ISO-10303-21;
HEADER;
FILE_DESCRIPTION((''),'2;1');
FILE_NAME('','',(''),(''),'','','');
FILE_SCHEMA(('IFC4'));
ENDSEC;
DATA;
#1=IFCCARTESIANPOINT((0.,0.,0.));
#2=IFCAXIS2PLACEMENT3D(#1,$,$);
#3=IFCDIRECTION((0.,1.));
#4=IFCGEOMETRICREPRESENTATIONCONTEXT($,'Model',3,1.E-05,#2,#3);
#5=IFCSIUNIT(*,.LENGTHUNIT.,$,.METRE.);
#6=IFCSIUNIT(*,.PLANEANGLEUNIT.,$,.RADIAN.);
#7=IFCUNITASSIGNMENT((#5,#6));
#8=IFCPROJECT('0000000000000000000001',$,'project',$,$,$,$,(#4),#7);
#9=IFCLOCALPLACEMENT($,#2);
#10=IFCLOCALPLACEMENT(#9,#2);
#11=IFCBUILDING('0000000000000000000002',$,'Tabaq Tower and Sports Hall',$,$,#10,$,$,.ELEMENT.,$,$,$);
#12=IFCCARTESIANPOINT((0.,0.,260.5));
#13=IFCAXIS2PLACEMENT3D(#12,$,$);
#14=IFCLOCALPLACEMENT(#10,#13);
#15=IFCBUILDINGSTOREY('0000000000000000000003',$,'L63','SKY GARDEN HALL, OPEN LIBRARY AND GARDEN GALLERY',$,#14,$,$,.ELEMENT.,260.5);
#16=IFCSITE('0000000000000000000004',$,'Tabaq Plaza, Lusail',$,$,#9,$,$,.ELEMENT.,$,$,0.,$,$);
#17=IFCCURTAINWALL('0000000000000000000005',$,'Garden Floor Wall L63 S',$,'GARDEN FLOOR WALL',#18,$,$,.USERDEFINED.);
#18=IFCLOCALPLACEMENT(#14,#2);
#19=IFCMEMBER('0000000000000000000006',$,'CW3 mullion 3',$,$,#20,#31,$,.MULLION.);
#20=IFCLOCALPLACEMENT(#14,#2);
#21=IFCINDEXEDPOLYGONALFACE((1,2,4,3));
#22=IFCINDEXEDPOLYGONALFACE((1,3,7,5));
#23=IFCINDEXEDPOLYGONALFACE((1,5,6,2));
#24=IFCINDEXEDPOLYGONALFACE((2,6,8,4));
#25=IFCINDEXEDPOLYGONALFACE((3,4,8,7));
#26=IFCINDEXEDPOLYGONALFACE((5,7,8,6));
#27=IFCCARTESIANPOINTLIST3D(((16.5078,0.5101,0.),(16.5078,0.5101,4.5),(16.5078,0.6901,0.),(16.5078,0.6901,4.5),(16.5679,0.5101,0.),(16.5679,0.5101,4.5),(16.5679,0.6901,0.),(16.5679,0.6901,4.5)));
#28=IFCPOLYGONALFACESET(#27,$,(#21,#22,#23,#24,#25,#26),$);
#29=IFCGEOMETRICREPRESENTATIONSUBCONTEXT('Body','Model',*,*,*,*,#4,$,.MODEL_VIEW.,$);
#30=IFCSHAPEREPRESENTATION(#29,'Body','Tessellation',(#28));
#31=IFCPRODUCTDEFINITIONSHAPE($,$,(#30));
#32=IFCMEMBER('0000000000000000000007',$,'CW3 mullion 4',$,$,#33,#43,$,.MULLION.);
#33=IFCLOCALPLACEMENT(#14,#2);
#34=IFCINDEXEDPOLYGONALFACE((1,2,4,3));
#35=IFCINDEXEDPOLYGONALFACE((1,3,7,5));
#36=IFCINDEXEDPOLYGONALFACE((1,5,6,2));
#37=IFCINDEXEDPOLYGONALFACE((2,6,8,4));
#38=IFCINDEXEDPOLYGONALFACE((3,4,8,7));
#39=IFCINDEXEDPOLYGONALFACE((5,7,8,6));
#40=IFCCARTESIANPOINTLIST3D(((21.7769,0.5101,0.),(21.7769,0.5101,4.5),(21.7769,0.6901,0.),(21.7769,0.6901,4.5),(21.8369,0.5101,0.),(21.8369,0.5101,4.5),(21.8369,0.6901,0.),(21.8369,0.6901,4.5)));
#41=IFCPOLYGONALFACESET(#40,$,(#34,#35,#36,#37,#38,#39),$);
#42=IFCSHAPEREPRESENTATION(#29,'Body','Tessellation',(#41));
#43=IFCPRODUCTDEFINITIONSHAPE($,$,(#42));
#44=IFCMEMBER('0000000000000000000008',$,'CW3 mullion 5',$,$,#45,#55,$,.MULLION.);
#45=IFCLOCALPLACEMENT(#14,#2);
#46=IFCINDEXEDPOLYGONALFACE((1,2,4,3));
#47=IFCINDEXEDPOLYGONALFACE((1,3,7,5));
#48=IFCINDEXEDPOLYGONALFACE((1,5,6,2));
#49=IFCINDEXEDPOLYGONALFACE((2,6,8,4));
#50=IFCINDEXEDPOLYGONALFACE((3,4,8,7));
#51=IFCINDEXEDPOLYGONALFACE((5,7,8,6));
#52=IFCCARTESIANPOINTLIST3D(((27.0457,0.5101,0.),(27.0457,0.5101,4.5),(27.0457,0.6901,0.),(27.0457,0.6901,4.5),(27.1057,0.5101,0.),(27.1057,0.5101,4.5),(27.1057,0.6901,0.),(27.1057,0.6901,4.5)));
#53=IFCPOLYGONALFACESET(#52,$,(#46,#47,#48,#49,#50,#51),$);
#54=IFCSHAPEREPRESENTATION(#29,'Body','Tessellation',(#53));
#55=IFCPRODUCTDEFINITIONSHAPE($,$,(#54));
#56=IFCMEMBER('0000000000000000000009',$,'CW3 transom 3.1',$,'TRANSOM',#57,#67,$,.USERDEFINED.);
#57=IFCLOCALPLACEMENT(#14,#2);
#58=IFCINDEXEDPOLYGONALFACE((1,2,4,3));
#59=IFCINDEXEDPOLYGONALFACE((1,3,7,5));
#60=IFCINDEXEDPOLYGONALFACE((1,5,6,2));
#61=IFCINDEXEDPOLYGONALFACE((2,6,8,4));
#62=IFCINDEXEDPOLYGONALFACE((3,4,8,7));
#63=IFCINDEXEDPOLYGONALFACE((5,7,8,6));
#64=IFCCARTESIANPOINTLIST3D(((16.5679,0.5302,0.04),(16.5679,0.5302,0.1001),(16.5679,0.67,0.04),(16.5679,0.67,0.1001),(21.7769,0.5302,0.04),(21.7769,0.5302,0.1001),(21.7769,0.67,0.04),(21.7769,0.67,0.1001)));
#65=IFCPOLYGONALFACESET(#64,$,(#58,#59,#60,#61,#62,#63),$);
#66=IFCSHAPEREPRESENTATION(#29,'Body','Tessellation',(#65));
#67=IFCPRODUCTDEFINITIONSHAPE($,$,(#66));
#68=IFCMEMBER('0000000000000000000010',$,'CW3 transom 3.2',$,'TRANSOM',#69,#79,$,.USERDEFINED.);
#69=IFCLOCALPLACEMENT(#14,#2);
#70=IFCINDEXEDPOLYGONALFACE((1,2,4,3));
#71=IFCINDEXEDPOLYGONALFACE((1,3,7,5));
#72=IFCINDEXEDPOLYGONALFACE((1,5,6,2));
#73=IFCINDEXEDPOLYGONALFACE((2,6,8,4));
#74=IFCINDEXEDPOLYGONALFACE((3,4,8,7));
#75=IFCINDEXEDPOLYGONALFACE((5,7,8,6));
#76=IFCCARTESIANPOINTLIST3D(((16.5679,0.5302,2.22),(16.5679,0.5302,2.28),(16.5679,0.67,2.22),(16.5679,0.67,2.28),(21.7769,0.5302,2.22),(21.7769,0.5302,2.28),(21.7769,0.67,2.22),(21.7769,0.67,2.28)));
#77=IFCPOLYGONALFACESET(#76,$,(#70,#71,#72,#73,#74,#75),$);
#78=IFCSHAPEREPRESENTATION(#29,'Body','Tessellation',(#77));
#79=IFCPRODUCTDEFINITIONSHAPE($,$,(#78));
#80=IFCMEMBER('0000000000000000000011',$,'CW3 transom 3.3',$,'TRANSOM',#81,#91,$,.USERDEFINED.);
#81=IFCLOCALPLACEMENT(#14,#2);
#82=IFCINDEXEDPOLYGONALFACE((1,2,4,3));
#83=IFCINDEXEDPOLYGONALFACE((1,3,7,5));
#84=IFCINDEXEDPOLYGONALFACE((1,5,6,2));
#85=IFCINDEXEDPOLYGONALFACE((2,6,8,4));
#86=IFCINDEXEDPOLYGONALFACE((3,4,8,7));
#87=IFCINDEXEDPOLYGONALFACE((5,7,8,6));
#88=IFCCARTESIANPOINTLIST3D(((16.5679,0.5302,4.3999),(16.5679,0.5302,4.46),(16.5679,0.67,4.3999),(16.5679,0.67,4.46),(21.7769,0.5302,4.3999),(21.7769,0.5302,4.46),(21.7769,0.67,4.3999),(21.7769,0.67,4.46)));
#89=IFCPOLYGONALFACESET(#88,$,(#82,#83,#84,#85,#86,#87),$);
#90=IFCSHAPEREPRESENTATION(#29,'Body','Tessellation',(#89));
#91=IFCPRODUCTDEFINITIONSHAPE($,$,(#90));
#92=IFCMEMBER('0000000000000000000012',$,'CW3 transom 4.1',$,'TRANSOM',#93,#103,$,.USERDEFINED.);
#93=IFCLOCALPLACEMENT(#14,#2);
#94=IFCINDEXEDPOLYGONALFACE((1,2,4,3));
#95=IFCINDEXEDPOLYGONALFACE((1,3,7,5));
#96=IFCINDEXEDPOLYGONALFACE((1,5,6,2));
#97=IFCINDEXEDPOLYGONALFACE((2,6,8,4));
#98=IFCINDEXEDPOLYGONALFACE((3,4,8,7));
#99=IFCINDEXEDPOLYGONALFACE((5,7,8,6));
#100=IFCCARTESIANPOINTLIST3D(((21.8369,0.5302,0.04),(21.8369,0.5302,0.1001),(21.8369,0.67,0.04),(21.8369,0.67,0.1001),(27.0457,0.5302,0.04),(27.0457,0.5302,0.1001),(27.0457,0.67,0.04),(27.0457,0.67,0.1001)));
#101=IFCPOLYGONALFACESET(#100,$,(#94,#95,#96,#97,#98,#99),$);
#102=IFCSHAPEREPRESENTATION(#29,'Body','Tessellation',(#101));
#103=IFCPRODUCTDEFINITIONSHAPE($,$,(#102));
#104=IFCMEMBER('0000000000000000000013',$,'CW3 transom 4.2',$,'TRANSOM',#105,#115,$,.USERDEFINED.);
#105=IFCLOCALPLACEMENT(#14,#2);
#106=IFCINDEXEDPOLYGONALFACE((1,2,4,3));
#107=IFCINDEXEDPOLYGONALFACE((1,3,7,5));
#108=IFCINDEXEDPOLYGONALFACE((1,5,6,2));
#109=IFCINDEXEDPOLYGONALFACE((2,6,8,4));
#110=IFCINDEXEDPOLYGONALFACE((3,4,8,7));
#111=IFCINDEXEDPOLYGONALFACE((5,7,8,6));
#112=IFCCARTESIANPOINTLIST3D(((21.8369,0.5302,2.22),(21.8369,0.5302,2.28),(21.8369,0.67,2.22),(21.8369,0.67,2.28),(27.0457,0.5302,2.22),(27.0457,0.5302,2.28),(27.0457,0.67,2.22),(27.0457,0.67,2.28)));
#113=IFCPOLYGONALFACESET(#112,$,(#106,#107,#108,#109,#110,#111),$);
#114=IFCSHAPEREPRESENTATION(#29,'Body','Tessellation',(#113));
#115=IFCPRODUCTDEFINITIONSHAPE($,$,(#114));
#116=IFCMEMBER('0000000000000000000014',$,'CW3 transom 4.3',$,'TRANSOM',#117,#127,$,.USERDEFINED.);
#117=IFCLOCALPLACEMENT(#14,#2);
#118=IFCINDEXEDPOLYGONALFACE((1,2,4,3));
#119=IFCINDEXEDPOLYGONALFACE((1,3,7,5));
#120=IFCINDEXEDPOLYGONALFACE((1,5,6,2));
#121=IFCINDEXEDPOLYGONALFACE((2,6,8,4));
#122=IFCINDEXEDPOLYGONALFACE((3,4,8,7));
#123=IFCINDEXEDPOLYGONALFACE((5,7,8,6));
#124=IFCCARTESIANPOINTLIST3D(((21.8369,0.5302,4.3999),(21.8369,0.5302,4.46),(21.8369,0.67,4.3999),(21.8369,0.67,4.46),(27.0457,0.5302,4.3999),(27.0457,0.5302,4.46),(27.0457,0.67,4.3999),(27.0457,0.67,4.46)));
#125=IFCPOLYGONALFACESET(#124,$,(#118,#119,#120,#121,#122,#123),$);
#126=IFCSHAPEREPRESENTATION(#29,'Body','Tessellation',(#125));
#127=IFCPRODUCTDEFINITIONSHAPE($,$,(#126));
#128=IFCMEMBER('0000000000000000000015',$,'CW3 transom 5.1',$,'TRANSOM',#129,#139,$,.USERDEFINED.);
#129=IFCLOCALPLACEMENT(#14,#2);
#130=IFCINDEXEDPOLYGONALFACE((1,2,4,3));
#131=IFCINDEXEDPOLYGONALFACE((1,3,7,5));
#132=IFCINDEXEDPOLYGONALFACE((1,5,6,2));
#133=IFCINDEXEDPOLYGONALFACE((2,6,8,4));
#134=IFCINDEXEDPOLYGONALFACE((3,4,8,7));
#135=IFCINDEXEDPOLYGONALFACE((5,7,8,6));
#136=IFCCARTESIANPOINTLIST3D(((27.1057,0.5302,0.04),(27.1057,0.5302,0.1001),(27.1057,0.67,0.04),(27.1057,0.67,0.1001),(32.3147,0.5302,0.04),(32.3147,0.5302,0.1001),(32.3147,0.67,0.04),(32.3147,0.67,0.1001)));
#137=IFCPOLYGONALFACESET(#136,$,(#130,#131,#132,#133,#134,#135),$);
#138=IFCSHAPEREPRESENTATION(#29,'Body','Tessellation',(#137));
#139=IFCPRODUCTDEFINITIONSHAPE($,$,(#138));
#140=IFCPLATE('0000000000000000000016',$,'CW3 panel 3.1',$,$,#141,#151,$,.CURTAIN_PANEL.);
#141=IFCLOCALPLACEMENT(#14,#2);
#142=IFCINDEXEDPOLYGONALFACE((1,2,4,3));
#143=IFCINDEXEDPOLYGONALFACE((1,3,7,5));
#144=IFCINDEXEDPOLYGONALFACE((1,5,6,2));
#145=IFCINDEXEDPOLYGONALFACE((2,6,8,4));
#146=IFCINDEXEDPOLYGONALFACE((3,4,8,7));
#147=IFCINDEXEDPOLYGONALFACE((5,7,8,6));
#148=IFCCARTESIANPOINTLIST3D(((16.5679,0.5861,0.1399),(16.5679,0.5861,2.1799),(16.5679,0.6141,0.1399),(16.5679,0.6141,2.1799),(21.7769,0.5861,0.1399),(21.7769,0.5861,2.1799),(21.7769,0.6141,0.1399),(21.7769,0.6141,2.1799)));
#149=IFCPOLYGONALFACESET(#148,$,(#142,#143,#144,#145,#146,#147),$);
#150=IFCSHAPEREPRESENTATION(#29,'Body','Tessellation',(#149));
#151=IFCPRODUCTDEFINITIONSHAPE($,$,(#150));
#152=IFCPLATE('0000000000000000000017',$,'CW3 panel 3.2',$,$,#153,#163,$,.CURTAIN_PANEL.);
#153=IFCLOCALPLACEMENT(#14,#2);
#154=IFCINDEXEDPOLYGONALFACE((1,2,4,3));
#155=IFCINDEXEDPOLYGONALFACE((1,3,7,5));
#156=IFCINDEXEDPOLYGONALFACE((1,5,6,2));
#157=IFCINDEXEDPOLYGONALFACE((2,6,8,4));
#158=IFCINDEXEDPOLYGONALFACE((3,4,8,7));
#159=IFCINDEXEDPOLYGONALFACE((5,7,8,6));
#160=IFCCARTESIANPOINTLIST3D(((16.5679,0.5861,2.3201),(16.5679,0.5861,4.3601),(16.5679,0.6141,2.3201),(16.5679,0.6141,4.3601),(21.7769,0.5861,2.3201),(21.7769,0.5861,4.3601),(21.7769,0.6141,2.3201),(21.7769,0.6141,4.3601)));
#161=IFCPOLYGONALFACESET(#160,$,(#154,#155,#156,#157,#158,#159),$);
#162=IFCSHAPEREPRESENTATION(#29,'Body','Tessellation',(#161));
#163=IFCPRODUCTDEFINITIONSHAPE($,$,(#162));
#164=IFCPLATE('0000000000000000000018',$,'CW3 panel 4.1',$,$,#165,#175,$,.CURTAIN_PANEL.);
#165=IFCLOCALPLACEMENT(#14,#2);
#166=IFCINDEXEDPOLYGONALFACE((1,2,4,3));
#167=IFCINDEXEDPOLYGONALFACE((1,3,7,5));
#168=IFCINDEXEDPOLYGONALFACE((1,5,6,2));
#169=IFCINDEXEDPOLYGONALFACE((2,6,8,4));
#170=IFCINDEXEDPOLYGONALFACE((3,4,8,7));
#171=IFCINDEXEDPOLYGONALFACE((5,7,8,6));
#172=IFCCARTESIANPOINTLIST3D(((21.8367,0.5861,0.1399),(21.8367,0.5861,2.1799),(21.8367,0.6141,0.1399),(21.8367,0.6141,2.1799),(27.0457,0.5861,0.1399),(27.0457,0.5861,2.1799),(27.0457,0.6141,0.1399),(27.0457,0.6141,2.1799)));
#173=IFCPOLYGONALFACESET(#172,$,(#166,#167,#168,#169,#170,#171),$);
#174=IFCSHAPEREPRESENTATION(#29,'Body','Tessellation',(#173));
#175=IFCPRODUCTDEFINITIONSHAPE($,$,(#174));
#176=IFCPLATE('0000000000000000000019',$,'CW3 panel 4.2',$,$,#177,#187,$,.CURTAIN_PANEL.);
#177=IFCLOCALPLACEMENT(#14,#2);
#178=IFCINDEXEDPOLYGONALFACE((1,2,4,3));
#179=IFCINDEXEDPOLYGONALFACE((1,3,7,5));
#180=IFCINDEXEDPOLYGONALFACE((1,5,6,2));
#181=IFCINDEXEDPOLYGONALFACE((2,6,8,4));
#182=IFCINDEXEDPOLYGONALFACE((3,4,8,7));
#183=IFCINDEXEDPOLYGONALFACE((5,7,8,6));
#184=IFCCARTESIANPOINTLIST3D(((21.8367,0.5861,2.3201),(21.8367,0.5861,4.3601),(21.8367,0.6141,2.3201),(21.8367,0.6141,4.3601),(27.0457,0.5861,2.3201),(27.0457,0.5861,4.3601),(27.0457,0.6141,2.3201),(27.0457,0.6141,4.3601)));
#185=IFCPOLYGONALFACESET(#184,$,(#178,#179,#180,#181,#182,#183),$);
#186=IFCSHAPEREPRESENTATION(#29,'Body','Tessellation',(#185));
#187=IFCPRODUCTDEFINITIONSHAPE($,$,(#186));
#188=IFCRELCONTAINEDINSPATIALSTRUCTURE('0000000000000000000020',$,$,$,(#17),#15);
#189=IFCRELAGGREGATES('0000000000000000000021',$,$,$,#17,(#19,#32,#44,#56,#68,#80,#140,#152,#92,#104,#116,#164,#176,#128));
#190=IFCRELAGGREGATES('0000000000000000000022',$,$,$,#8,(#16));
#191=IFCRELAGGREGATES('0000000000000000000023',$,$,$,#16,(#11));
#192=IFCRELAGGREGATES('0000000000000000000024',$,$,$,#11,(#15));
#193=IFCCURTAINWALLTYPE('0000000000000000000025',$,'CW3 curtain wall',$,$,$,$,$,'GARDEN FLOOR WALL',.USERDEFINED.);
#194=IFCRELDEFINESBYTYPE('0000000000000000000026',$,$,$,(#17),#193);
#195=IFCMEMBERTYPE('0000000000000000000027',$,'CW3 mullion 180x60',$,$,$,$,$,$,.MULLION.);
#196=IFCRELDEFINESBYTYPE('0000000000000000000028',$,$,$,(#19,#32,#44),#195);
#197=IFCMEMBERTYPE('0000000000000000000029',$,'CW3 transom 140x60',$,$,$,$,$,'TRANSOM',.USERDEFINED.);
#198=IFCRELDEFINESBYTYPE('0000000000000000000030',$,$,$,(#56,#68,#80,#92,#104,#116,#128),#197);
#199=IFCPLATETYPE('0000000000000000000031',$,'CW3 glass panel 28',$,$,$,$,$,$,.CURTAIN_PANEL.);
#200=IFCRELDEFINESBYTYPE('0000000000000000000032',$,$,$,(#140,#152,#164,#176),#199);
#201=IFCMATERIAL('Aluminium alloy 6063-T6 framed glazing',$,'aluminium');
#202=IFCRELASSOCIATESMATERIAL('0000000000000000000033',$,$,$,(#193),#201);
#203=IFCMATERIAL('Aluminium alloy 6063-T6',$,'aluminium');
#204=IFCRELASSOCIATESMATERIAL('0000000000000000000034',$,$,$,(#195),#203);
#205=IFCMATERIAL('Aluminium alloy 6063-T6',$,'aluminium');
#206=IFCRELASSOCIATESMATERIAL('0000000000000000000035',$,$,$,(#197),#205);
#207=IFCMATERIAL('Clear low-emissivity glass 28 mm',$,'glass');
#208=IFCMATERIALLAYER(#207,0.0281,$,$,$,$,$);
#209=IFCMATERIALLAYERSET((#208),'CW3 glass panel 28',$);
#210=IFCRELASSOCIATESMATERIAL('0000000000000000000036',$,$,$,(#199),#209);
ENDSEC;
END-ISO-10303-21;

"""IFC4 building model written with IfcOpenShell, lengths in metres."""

from ifc_helpers import new_model, si_unit, direction, frame, origin, origin_2d, place, context, subcontext, project, spatial, rectangle, extrude, material, layer, layer_set, material_profile, profile_set, type_object, element, aggregate, save


model = new_model("IFC4")

# Units and contexts
model_context = context("Model", 3, precision=1e-05, world=origin(), true_north=direction((0.0, 1.0)))
body_context = subcontext(model_context, "Body", "Model", "MODEL_VIEW")
ifc_project = project(units=[si_unit("LENGTHUNIT", "METRE"), si_unit("PLANEANGLEUNIT", "RADIAN")], contexts=[model_context])

# Site, building, storey
site_placement = place(None, origin())
site = spatial("IfcSite", under=ifc_project, at=site_placement, Name="Tabaq Plaza, Lusail", CompositionType="ELEMENT", RefElevation=0.0)
building_placement = place(site_placement, origin())
building = spatial("IfcBuilding", under=site, at=building_placement, Name="Tabaq Tower and Sports Hall", CompositionType="ELEMENT")
storey_placement = place(building_placement, frame((0.0, 0.0, 260.5)))
storey = spatial("IfcBuildingStorey", under=building, at=storey_placement, Name="L63", Description="SKY GARDEN HALL, OPEN LIBRARY AND GARDEN GALLERY", CompositionType="ELEMENT", Elevation=260.5)

# Curtain wall, members, plates
ifc_material_1 = material(Name="Aluminium alloy 6063-T6 framed glazing", Category="aluminium")
curtain_wall_type = type_object("IfcCurtainWallType", Name="CW3 curtain wall", ElementType="GARDEN FLOOR WALL", PredefinedType="USERDEFINED", material=ifc_material_1)
curtain_wall_placement = place(storey_placement, origin())
curtain_wall = element("IfcCurtainWall", 1, at=curtain_wall_placement, inside=storey, type_object=curtain_wall_type, Name="Garden Floor Wall L63 S", ObjectType="GARDEN FLOOR WALL", PredefinedType="USERDEFINED")
ifc_material_2 = material(Name="Aluminium alloy 6063-T6", Category="aluminium")
ifc_material_profile_1 = material_profile(ifc_material_2, rectangle(XDim=0.1799, YDim=0.0601, at=origin_2d()), Name="MULLION 180x60")
ifc_profile_set_1 = profile_set([ifc_material_profile_1], Name="Aluminium alloy 6063-T6")
member_type_1 = type_object("IfcMemberType", Name="CW3 mullion 180x60", PredefinedType="MULLION", material=ifc_profile_set_1)
member_1_placement = place(storey_placement, frame((16.5378, 0.6001, 0.0), z_axis=(0.0, 0.0, 1.0), x_axis=(0.0, 1.0, 0.0)))
member_1 = element("IfcMember", 2, at=member_1_placement, type_object=member_type_1, Name="CW3 mullion 3", PredefinedType="MULLION", context=body_context, shape_type="SweptSolid", body=[
    extrude(rectangle(XDim=0.1799, YDim=0.0601, at=origin_2d()), origin(), (0.0, 0.0, 1.0), 4.5),
])
member_2_placement = place(storey_placement, frame((21.8069, 0.6001, 0.0), z_axis=(0.0, 0.0, 1.0), x_axis=(0.0, 1.0, 0.0)))
member_2 = element("IfcMember", 3, at=member_2_placement, type_object=member_type_1, Name="CW3 mullion 4", PredefinedType="MULLION", context=body_context, shape_type="SweptSolid", body=[
    extrude(rectangle(XDim=0.1799, YDim=0.0601, at=origin_2d()), origin(), (0.0, 0.0, 1.0), 4.5),
])
member_3_placement = place(storey_placement, frame((27.0757, 0.6001, 0.0), z_axis=(0.0, 0.0, 1.0), x_axis=(0.0, 1.0, 0.0)))
member_3 = element("IfcMember", 4, at=member_3_placement, type_object=member_type_1, Name="CW3 mullion 5", PredefinedType="MULLION", context=body_context, shape_type="SweptSolid", body=[
    extrude(rectangle(XDim=0.1799, YDim=0.0601, at=origin_2d()), origin(), (0.0, 0.0, 1.0), 4.5),
])
ifc_material_3 = material(Name="Aluminium alloy 6063-T6", Category="aluminium")
ifc_material_profile_2 = material_profile(ifc_material_3, rectangle(XDim=0.1399, YDim=0.0601, at=origin_2d()), Name="TRANSOM 140x60")
ifc_profile_set_2 = profile_set([ifc_material_profile_2], Name="Aluminium alloy 6063-T6")
member_type_2 = type_object("IfcMemberType", Name="CW3 transom 140x60", ElementType="TRANSOM", PredefinedType="USERDEFINED", material=ifc_profile_set_2)
member_4_placement = place(storey_placement, frame((16.5679, 0.6001, 0.0701), z_axis=(1.0, 0.0, 0.0), x_axis=(0.0, 1.0, 0.0)))
member_4 = element("IfcMember", 5, at=member_4_placement, type_object=member_type_2, Name="CW3 transom 3.1", ObjectType="TRANSOM", PredefinedType="USERDEFINED", context=body_context, shape_type="SweptSolid", body=[
    extrude(rectangle(XDim=0.1399, YDim=0.0601, at=origin_2d()), origin(), (0.0, 0.0, 1.0), 5.209),
])
member_5_placement = place(storey_placement, frame((16.5679, 0.6001, 2.25), z_axis=(1.0, 0.0, 0.0), x_axis=(0.0, 1.0, 0.0)))
member_5 = element("IfcMember", 6, at=member_5_placement, type_object=member_type_2, Name="CW3 transom 3.2", ObjectType="TRANSOM", PredefinedType="USERDEFINED", context=body_context, shape_type="SweptSolid", body=[
    extrude(rectangle(XDim=0.1399, YDim=0.0601, at=origin_2d()), origin(), (0.0, 0.0, 1.0), 5.209),
])
member_6_placement = place(storey_placement, frame((16.5679, 0.6001, 4.4299), z_axis=(1.0, 0.0, 0.0), x_axis=(0.0, 1.0, 0.0)))
member_6 = element("IfcMember", 7, at=member_6_placement, type_object=member_type_2, Name="CW3 transom 3.3", ObjectType="TRANSOM", PredefinedType="USERDEFINED", context=body_context, shape_type="SweptSolid", body=[
    extrude(rectangle(XDim=0.1399, YDim=0.0601, at=origin_2d()), origin(), (0.0, 0.0, 1.0), 5.209),
])
member_7_placement = place(storey_placement, frame((21.8369, 0.6001, 0.0701), z_axis=(1.0, 0.0, 0.0), x_axis=(0.0, 1.0, 0.0)))
member_7 = element("IfcMember", 8, at=member_7_placement, type_object=member_type_2, Name="CW3 transom 4.1", ObjectType="TRANSOM", PredefinedType="USERDEFINED", context=body_context, shape_type="SweptSolid", body=[
    extrude(rectangle(XDim=0.1399, YDim=0.0601, at=origin_2d()), origin(), (0.0, 0.0, 1.0), 5.2087),
])
member_8_placement = place(storey_placement, frame((21.8369, 0.6001, 2.25), z_axis=(1.0, 0.0, 0.0), x_axis=(0.0, 1.0, 0.0)))
member_8 = element("IfcMember", 9, at=member_8_placement, type_object=member_type_2, Name="CW3 transom 4.2", ObjectType="TRANSOM", PredefinedType="USERDEFINED", context=body_context, shape_type="SweptSolid", body=[
    extrude(rectangle(XDim=0.1399, YDim=0.0601, at=origin_2d()), origin(), (0.0, 0.0, 1.0), 5.2087),
])
member_9_placement = place(storey_placement, frame((21.8369, 0.6001, 4.4299), z_axis=(1.0, 0.0, 0.0), x_axis=(0.0, 1.0, 0.0)))
member_9 = element("IfcMember", 10, at=member_9_placement, type_object=member_type_2, Name="CW3 transom 4.3", ObjectType="TRANSOM", PredefinedType="USERDEFINED", context=body_context, shape_type="SweptSolid", body=[
    extrude(rectangle(XDim=0.1399, YDim=0.0601, at=origin_2d()), origin(), (0.0, 0.0, 1.0), 5.2087),
])
member_10_placement = place(storey_placement, frame((27.1057, 0.6001, 0.0701), z_axis=(1.0, 0.0, 0.0), x_axis=(0.0, 1.0, 0.0)))
member_10 = element("IfcMember", 11, at=member_10_placement, type_object=member_type_2, Name="CW3 transom 5.1", ObjectType="TRANSOM", PredefinedType="USERDEFINED", context=body_context, shape_type="SweptSolid", body=[
    extrude(rectangle(XDim=0.1399, YDim=0.0601, at=origin_2d()), origin(), (0.0, 0.0, 1.0), 5.209),
])
ifc_material_4 = material(Name="Clear low-emissivity glass 28 mm", Category="glass")
ifc_layer_1 = layer(ifc_material_4, 0.0281)
ifc_layer_set_1 = layer_set([ifc_layer_1], Name="CW3 glass panel 28")
plate_type_1 = type_object("IfcPlateType", Name="CW3 glass panel 28", PredefinedType="CURTAIN_PANEL", material=ifc_layer_set_1)
plate_1_placement = place(storey_placement, frame((19.1724, 0.6001, 0.1399), z_axis=(0.0, 0.0, 1.0), x_axis=(1.0, 0.0, 0.0)))
plate_1 = element("IfcPlate", 12, at=plate_1_placement, type_object=plate_type_1, Name="CW3 panel 3.1", PredefinedType="CURTAIN_PANEL", context=body_context, shape_type="SweptSolid", body=[
    extrude(rectangle(XDim=5.209, YDim=0.0281, at=origin_2d()), origin(), (0.0, 0.0, 1.0), 2.04),
])
plate_2_placement = place(storey_placement, frame((19.1724, 0.6001, 2.3201), z_axis=(0.0, 0.0, 1.0), x_axis=(1.0, 0.0, 0.0)))
plate_2 = element("IfcPlate", 13, at=plate_2_placement, type_object=plate_type_1, Name="CW3 panel 3.2", PredefinedType="CURTAIN_PANEL", context=body_context, shape_type="SweptSolid", body=[
    extrude(rectangle(XDim=5.209, YDim=0.0281, at=origin_2d()), origin(), (0.0, 0.0, 1.0), 2.04),
])
plate_3_placement = place(storey_placement, frame((24.4412, 0.6001, 0.1399), z_axis=(0.0, 0.0, 1.0), x_axis=(1.0, 0.0, 0.0)))
plate_3 = element("IfcPlate", 14, at=plate_3_placement, type_object=plate_type_1, Name="CW3 panel 4.1", PredefinedType="CURTAIN_PANEL", context=body_context, shape_type="SweptSolid", body=[
    extrude(rectangle(XDim=5.209, YDim=0.0281, at=origin_2d()), origin(), (0.0, 0.0, 1.0), 2.04),
])
plate_4_placement = place(storey_placement, frame((24.4412, 0.6001, 2.3201), z_axis=(0.0, 0.0, 1.0), x_axis=(1.0, 0.0, 0.0)))
plate_4 = element("IfcPlate", 15, at=plate_4_placement, type_object=plate_type_1, Name="CW3 panel 4.2", PredefinedType="CURTAIN_PANEL", context=body_context, shape_type="SweptSolid", body=[
    extrude(rectangle(XDim=5.209, YDim=0.0281, at=origin_2d()), origin(), (0.0, 0.0, 1.0), 2.04),
])
aggregate(curtain_wall, [member_1, member_2, member_3, member_4, member_5, member_6, plate_1, plate_2, member_7, member_8, member_9, plate_3, plate_4, member_10])

save(model, "model.ifc")
